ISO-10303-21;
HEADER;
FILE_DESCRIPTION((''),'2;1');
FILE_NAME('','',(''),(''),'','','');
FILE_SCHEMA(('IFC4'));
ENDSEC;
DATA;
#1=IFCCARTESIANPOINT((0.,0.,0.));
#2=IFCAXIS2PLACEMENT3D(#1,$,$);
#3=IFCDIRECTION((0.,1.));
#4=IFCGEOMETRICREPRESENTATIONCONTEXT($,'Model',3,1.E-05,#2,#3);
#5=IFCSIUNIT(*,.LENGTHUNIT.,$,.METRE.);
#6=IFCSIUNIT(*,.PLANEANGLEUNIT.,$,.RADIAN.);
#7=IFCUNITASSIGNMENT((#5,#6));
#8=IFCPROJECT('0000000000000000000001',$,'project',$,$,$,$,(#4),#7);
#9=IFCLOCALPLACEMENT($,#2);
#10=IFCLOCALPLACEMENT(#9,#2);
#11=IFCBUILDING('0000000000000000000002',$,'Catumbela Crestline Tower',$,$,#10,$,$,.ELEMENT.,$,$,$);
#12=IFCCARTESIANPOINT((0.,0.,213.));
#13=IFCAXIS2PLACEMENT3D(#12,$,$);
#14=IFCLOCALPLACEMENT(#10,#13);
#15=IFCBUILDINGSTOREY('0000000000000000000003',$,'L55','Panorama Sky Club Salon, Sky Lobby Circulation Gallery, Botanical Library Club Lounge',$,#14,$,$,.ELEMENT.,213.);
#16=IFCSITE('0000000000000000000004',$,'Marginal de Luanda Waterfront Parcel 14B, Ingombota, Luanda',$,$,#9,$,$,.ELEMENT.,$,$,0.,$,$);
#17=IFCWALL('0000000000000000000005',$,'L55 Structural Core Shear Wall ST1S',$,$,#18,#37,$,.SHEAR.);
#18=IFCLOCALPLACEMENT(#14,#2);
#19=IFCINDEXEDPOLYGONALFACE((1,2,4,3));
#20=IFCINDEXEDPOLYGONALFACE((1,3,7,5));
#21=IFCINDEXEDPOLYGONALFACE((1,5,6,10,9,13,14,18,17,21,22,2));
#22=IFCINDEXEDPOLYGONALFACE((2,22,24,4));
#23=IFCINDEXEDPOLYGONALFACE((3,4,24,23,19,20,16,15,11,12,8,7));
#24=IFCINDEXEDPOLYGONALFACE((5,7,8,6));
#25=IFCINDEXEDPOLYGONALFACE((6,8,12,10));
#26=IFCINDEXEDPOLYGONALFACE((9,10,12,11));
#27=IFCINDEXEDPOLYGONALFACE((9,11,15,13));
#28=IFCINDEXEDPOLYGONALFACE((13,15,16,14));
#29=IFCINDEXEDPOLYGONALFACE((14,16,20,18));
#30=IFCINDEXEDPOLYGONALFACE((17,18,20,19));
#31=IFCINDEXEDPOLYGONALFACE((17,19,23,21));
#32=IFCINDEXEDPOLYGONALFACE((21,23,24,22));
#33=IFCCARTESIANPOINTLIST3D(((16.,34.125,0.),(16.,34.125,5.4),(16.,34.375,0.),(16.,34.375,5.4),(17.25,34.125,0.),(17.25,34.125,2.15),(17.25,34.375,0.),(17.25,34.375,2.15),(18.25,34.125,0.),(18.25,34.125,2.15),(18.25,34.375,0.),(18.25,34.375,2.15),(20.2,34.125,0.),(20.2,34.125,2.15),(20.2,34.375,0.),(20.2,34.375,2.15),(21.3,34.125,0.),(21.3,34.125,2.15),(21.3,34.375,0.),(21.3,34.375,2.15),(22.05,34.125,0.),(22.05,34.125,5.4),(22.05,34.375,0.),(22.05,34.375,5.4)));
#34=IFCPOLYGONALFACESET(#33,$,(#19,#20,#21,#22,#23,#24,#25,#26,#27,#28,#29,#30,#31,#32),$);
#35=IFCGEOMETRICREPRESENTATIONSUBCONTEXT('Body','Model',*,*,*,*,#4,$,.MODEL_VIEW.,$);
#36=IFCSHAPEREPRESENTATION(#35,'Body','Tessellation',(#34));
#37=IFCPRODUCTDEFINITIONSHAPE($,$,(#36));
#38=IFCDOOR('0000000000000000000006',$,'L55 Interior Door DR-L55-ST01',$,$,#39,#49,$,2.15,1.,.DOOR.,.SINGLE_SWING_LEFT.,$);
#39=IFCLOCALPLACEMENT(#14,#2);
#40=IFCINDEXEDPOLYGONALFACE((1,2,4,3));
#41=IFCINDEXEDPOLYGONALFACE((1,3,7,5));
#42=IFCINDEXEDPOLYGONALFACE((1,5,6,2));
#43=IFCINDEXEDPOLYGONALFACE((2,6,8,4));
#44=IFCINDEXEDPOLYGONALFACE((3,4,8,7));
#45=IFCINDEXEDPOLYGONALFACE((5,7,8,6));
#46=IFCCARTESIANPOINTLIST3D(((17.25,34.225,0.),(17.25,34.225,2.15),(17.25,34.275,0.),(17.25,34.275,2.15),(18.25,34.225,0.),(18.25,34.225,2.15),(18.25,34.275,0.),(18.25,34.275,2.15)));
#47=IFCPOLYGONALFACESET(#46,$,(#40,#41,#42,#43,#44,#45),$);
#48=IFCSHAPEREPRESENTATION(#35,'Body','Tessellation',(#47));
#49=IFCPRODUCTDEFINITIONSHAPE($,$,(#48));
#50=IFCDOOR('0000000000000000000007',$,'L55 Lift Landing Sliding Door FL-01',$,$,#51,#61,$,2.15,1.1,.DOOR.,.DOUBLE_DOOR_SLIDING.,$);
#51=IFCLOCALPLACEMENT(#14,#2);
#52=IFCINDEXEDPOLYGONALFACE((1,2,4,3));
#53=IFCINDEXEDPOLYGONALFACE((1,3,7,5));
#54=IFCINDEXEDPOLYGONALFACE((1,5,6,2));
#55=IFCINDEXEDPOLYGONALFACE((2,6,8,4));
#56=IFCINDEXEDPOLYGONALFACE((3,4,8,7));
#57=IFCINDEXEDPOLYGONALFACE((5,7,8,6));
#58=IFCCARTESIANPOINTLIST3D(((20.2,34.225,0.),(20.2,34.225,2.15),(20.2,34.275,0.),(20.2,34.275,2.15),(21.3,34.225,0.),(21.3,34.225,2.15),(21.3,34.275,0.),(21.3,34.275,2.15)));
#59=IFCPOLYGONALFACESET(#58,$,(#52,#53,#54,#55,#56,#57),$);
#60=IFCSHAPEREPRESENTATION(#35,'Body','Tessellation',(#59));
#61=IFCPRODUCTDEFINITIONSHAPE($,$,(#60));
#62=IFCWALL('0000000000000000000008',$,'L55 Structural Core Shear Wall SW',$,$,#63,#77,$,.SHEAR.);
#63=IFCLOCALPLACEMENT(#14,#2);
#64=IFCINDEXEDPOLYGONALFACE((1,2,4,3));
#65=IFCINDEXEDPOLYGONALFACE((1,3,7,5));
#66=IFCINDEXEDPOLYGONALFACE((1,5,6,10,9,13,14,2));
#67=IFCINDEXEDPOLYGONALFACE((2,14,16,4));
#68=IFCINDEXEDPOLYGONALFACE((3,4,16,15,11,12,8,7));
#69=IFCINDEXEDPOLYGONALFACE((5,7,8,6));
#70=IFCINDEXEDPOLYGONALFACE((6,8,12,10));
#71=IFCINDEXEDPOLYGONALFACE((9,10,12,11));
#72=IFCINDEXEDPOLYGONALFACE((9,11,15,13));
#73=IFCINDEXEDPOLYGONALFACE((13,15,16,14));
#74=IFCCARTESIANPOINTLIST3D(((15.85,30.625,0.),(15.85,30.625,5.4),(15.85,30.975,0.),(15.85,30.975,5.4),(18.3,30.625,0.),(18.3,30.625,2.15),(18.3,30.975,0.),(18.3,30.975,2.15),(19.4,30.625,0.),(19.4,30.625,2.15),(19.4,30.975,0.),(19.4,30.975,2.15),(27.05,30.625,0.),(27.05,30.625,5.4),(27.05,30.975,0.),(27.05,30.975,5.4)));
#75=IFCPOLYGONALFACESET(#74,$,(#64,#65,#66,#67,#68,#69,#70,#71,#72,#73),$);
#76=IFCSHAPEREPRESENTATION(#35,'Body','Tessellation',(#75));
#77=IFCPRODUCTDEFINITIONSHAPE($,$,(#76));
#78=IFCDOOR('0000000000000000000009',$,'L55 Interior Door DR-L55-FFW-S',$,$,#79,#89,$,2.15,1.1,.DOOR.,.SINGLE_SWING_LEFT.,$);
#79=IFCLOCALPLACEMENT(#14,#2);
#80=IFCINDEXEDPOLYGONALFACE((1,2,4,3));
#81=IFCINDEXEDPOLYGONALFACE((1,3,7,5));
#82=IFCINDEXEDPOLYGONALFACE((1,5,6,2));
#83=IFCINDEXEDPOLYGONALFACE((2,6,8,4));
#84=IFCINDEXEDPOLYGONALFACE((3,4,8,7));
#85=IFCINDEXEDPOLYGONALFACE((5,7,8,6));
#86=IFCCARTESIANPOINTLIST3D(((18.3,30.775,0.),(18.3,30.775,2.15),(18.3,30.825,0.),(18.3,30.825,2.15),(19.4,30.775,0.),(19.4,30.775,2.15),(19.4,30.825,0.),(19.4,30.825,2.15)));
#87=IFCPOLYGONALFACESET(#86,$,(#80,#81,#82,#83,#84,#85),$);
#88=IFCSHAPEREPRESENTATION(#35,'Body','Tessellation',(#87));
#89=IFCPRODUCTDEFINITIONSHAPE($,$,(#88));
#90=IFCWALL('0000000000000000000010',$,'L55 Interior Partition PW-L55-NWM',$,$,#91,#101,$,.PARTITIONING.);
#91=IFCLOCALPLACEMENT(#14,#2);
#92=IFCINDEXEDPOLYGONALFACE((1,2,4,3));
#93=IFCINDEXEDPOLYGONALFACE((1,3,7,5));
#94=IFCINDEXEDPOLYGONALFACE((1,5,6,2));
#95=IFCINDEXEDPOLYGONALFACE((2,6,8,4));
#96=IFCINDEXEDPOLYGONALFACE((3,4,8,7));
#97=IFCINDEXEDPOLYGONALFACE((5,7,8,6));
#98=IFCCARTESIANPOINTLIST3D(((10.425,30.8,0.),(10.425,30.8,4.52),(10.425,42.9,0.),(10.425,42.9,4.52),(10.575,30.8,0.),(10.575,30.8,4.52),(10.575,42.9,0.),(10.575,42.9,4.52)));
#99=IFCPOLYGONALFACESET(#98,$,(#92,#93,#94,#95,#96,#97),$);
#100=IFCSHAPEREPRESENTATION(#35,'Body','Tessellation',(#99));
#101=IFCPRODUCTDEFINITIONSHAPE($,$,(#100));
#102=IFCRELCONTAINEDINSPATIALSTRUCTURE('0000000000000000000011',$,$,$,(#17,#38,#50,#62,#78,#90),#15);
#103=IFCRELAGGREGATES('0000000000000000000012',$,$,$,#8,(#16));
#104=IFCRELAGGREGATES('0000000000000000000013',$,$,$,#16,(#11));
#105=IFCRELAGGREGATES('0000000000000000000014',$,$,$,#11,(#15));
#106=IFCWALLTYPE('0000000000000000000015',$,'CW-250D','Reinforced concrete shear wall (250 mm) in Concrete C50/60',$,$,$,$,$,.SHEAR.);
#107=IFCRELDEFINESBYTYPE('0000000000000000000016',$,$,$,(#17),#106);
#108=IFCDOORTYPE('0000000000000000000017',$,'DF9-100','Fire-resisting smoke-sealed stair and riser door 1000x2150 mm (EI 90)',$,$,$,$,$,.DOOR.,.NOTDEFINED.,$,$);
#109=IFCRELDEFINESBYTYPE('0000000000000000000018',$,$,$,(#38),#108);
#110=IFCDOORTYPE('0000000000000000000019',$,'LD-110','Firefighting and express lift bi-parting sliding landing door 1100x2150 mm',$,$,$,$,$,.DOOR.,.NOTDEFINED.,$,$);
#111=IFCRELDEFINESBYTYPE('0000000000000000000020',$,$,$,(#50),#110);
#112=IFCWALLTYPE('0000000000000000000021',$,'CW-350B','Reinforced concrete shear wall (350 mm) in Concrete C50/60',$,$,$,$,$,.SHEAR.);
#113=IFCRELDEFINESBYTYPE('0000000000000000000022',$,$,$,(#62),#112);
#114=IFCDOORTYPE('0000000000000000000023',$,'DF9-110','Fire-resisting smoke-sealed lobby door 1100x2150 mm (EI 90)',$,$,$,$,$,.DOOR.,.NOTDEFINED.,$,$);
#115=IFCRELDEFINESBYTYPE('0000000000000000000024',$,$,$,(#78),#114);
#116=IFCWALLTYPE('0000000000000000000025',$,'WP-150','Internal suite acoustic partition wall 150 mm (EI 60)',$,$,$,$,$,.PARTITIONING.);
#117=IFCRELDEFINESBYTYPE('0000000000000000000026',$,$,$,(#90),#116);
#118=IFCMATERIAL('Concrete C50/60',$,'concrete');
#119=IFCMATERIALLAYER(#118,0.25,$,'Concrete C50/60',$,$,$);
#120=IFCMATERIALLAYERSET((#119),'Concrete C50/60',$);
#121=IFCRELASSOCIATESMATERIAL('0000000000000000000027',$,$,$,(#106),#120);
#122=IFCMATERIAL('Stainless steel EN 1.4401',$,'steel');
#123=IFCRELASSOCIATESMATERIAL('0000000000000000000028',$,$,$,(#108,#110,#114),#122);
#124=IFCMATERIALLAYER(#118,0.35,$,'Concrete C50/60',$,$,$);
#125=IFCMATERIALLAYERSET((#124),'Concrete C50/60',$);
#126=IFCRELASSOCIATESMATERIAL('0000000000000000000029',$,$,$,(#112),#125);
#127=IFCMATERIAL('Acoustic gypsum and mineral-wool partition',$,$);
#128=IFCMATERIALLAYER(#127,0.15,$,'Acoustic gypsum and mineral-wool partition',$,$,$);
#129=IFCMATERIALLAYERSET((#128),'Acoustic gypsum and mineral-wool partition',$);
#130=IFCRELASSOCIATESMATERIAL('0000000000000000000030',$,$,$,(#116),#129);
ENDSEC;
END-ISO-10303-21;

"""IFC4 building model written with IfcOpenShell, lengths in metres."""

from ifc_helpers import new_model, si_unit, direction, frame, frame_2d, origin, place, context, subcontext, project, spatial, rectangle, extrude, material, layer, layer_set, type_object, element, fill, save


model = new_model("IFC4")

# Units and contexts
model_context = context("Model", 3, precision=1e-05, world=origin(), true_north=direction((0.0, 1.0)))
body_context = subcontext(model_context, "Body", "Model", "MODEL_VIEW")
ifc_project = project(units=[si_unit("LENGTHUNIT", "METRE"), si_unit("PLANEANGLEUNIT", "RADIAN")], contexts=[model_context])

# Site, building, storey
site_placement = place(None, origin())
site = spatial("IfcSite", under=ifc_project, at=site_placement, Name="Marginal de Luanda Waterfront Parcel 14B, Ingombota, Luanda", CompositionType="ELEMENT", RefElevation=0.0)
building_placement = place(site_placement, origin())
building = spatial("IfcBuilding", under=site, at=building_placement, Name="Catumbela Crestline Tower", CompositionType="ELEMENT")
storey_placement = place(building_placement, frame((0.0, 0.0, 213.0)))
storey = spatial("IfcBuildingStorey", under=building, at=storey_placement, Name="L55", Description="Panorama Sky Club Salon, Sky Lobby Circulation Gallery, Botanical Library Club Lounge", CompositionType="ELEMENT", Elevation=213.0)

# Wall, openings, doors
ifc_material_1 = material(Name="Concrete C50/60", Category="concrete")
ifc_layer_1 = layer(ifc_material_1, 0.25, Name="Concrete C50/60")
ifc_layer_set_1 = layer_set([ifc_layer_1], Name="Concrete C50/60")
wall_type_1 = type_object("IfcWallType", Name="CW-250D", Description="Reinforced concrete shear wall (250 mm) in Concrete C50/60", PredefinedType="SHEAR", material=ifc_layer_set_1)
wall_1_placement = place(storey_placement, frame((16.0, 34.25, 0.0), z_axis=(0.0, 0.0, 1.0), x_axis=(1.0, 0.0, 0.0)))
wall_1 = element("IfcWall", 1, at=wall_1_placement, inside=storey, type_object=wall_type_1, Name="L55 Structural Core Shear Wall ST1S", PredefinedType="SHEAR", context=body_context, shape_type="SweptSolid", body=[
    extrude(rectangle(XDim=6.05, YDim=0.25, at=frame_2d((3.025, 0.0))), origin(), (0.0, 0.0, 1.0), 5.4),
])
opening_1_placement = place(wall_1_placement, frame((1.25, 0.0, 0.0)))
opening_1 = element("IfcOpeningElement", 2, at=opening_1_placement, cuts=wall_1, PredefinedType="OPENING", context=body_context, shape_type="SweptSolid", body=[
    extrude(rectangle(XDim=1.0, YDim=2.15, at=frame_2d((0.5, 1.075))), frame((0.0, 0.135, 0.0), z_axis=(0.0, -1.0, 0.0), x_axis=(1.0, 0.0, 0.0)), (0.0, 0.0, 1.0), 0.27),
])
opening_2_placement = place(wall_1_placement, frame((4.2, 0.0, 0.0)))
opening_2 = element("IfcOpeningElement", 3, at=opening_2_placement, cuts=wall_1, PredefinedType="OPENING", context=body_context, shape_type="SweptSolid", body=[
    extrude(rectangle(XDim=1.1, YDim=2.15, at=frame_2d((0.55, 1.075))), frame((0.0, 0.135, 0.0), z_axis=(0.0, -1.0, 0.0), x_axis=(1.0, 0.0, 0.0)), (0.0, 0.0, 1.0), 0.27),
])
ifc_material_2 = material(Name="Stainless steel EN 1.4401", Category="steel")
door_type_1 = type_object("IfcDoorType", Name="DF9-100", Description="Fire-resisting smoke-sealed stair and riser door 1000x2150 mm (EI 90)", OperationType="NOTDEFINED", PredefinedType="DOOR", material=ifc_material_2)
door_1_placement = place(opening_1_placement, origin())
door_1 = element("IfcDoor", 4, at=door_1_placement, inside=storey, type_object=door_type_1, Name="L55 Interior Door DR-L55-ST01", OperationType="SINGLE_SWING_LEFT", OverallHeight=2.15, OverallWidth=1.0, PredefinedType="DOOR", context=body_context, shape_type="SweptSolid", body=[
    extrude(rectangle(XDim=1.0, YDim=2.15, at=frame_2d((0.5, 1.075))), frame((0.0, 0.025, 0.0), z_axis=(0.0, -1.0, 0.0), x_axis=(1.0, 0.0, 0.0)), (0.0, 0.0, 1.0), 0.05),
])
fill(opening_1, door_1)
door_type_2 = type_object("IfcDoorType", Name="LD-110", Description="Firefighting and express lift bi-parting sliding landing door 1100x2150 mm", OperationType="NOTDEFINED", PredefinedType="DOOR", material=ifc_material_2)
door_2_placement = place(opening_2_placement, origin())
door_2 = element("IfcDoor", 5, at=door_2_placement, inside=storey, type_object=door_type_2, Name="L55 Lift Landing Sliding Door FL-01", OperationType="DOUBLE_DOOR_SLIDING", OverallHeight=2.15, OverallWidth=1.1, PredefinedType="DOOR", context=body_context, shape_type="SweptSolid", body=[
    extrude(rectangle(XDim=1.1, YDim=2.15, at=frame_2d((0.55, 1.075))), frame((0.0, 0.025, 0.0), z_axis=(0.0, -1.0, 0.0), x_axis=(1.0, 0.0, 0.0)), (0.0, 0.0, 1.0), 0.05),
])
fill(opening_2, door_2)

# Wall, opening, door
ifc_layer_2 = layer(ifc_material_1, 0.35, Name="Concrete C50/60")
ifc_layer_set_2 = layer_set([ifc_layer_2], Name="Concrete C50/60")
wall_type_2 = type_object("IfcWallType", Name="CW-350B", Description="Reinforced concrete shear wall (350 mm) in Concrete C50/60", PredefinedType="SHEAR", material=ifc_layer_set_2)
wall_2_placement = place(storey_placement, frame((15.85, 30.8, 0.0), z_axis=(0.0, 0.0, 1.0), x_axis=(1.0, 0.0, 0.0)))
wall_2 = element("IfcWall", 6, at=wall_2_placement, inside=storey, type_object=wall_type_2, Name="L55 Structural Core Shear Wall SW", PredefinedType="SHEAR", context=body_context, shape_type="SweptSolid", body=[
    extrude(rectangle(XDim=11.2, YDim=0.35, at=frame_2d((5.6, 0.0))), origin(), (0.0, 0.0, 1.0), 5.4),
])
opening_3_placement = place(wall_2_placement, frame((2.45, 0.0, 0.0)))
opening_3 = element("IfcOpeningElement", 7, at=opening_3_placement, cuts=wall_2, PredefinedType="OPENING", context=body_context, shape_type="SweptSolid", body=[
    extrude(rectangle(XDim=1.1, YDim=2.15, at=frame_2d((0.55, 1.075))), frame((0.0, 0.185, 0.0), z_axis=(0.0, -1.0, 0.0), x_axis=(1.0, 0.0, 0.0)), (0.0, 0.0, 1.0), 0.37),
])
door_type_3 = type_object("IfcDoorType", Name="DF9-110", Description="Fire-resisting smoke-sealed lobby door 1100x2150 mm (EI 90)", OperationType="NOTDEFINED", PredefinedType="DOOR", material=ifc_material_2)
door_3_placement = place(opening_3_placement, origin())
door_3 = element("IfcDoor", 8, at=door_3_placement, inside=storey, type_object=door_type_3, Name="L55 Interior Door DR-L55-FFW-S", OperationType="SINGLE_SWING_LEFT", OverallHeight=2.15, OverallWidth=1.1, PredefinedType="DOOR", context=body_context, shape_type="SweptSolid", body=[
    extrude(rectangle(XDim=1.1, YDim=2.15, at=frame_2d((0.55, 1.075))), frame((0.0, 0.025, 0.0), z_axis=(0.0, -1.0, 0.0), x_axis=(1.0, 0.0, 0.0)), (0.0, 0.0, 1.0), 0.05),
])
fill(opening_3, door_3)

# Wall
ifc_material_3 = material(Name="Acoustic gypsum and mineral-wool partition")
ifc_layer_3 = layer(ifc_material_3, 0.15, Name="Acoustic gypsum and mineral-wool partition")
ifc_layer_set_3 = layer_set([ifc_layer_3], Name="Acoustic gypsum and mineral-wool partition")
wall_type_3 = type_object("IfcWallType", Name="WP-150", Description="Internal suite acoustic partition wall 150 mm (EI 60)", PredefinedType="PARTITIONING", material=ifc_layer_set_3)
wall_3_placement = place(storey_placement, frame((10.5, 30.8, 0.0), z_axis=(0.0, 0.0, 1.0), x_axis=(0.0, 1.0, 0.0)))
element("IfcWall", 9, at=wall_3_placement, inside=storey, type_object=wall_type_3, Name="L55 Interior Partition PW-L55-NWM", PredefinedType="PARTITIONING", context=body_context, shape_type="SweptSolid", body=[
    extrude(rectangle(XDim=12.1, YDim=0.15, at=frame_2d((6.05, 0.0))), origin(), (0.0, 0.0, 1.0), 4.52),
])

save(model, "model.ifc")
